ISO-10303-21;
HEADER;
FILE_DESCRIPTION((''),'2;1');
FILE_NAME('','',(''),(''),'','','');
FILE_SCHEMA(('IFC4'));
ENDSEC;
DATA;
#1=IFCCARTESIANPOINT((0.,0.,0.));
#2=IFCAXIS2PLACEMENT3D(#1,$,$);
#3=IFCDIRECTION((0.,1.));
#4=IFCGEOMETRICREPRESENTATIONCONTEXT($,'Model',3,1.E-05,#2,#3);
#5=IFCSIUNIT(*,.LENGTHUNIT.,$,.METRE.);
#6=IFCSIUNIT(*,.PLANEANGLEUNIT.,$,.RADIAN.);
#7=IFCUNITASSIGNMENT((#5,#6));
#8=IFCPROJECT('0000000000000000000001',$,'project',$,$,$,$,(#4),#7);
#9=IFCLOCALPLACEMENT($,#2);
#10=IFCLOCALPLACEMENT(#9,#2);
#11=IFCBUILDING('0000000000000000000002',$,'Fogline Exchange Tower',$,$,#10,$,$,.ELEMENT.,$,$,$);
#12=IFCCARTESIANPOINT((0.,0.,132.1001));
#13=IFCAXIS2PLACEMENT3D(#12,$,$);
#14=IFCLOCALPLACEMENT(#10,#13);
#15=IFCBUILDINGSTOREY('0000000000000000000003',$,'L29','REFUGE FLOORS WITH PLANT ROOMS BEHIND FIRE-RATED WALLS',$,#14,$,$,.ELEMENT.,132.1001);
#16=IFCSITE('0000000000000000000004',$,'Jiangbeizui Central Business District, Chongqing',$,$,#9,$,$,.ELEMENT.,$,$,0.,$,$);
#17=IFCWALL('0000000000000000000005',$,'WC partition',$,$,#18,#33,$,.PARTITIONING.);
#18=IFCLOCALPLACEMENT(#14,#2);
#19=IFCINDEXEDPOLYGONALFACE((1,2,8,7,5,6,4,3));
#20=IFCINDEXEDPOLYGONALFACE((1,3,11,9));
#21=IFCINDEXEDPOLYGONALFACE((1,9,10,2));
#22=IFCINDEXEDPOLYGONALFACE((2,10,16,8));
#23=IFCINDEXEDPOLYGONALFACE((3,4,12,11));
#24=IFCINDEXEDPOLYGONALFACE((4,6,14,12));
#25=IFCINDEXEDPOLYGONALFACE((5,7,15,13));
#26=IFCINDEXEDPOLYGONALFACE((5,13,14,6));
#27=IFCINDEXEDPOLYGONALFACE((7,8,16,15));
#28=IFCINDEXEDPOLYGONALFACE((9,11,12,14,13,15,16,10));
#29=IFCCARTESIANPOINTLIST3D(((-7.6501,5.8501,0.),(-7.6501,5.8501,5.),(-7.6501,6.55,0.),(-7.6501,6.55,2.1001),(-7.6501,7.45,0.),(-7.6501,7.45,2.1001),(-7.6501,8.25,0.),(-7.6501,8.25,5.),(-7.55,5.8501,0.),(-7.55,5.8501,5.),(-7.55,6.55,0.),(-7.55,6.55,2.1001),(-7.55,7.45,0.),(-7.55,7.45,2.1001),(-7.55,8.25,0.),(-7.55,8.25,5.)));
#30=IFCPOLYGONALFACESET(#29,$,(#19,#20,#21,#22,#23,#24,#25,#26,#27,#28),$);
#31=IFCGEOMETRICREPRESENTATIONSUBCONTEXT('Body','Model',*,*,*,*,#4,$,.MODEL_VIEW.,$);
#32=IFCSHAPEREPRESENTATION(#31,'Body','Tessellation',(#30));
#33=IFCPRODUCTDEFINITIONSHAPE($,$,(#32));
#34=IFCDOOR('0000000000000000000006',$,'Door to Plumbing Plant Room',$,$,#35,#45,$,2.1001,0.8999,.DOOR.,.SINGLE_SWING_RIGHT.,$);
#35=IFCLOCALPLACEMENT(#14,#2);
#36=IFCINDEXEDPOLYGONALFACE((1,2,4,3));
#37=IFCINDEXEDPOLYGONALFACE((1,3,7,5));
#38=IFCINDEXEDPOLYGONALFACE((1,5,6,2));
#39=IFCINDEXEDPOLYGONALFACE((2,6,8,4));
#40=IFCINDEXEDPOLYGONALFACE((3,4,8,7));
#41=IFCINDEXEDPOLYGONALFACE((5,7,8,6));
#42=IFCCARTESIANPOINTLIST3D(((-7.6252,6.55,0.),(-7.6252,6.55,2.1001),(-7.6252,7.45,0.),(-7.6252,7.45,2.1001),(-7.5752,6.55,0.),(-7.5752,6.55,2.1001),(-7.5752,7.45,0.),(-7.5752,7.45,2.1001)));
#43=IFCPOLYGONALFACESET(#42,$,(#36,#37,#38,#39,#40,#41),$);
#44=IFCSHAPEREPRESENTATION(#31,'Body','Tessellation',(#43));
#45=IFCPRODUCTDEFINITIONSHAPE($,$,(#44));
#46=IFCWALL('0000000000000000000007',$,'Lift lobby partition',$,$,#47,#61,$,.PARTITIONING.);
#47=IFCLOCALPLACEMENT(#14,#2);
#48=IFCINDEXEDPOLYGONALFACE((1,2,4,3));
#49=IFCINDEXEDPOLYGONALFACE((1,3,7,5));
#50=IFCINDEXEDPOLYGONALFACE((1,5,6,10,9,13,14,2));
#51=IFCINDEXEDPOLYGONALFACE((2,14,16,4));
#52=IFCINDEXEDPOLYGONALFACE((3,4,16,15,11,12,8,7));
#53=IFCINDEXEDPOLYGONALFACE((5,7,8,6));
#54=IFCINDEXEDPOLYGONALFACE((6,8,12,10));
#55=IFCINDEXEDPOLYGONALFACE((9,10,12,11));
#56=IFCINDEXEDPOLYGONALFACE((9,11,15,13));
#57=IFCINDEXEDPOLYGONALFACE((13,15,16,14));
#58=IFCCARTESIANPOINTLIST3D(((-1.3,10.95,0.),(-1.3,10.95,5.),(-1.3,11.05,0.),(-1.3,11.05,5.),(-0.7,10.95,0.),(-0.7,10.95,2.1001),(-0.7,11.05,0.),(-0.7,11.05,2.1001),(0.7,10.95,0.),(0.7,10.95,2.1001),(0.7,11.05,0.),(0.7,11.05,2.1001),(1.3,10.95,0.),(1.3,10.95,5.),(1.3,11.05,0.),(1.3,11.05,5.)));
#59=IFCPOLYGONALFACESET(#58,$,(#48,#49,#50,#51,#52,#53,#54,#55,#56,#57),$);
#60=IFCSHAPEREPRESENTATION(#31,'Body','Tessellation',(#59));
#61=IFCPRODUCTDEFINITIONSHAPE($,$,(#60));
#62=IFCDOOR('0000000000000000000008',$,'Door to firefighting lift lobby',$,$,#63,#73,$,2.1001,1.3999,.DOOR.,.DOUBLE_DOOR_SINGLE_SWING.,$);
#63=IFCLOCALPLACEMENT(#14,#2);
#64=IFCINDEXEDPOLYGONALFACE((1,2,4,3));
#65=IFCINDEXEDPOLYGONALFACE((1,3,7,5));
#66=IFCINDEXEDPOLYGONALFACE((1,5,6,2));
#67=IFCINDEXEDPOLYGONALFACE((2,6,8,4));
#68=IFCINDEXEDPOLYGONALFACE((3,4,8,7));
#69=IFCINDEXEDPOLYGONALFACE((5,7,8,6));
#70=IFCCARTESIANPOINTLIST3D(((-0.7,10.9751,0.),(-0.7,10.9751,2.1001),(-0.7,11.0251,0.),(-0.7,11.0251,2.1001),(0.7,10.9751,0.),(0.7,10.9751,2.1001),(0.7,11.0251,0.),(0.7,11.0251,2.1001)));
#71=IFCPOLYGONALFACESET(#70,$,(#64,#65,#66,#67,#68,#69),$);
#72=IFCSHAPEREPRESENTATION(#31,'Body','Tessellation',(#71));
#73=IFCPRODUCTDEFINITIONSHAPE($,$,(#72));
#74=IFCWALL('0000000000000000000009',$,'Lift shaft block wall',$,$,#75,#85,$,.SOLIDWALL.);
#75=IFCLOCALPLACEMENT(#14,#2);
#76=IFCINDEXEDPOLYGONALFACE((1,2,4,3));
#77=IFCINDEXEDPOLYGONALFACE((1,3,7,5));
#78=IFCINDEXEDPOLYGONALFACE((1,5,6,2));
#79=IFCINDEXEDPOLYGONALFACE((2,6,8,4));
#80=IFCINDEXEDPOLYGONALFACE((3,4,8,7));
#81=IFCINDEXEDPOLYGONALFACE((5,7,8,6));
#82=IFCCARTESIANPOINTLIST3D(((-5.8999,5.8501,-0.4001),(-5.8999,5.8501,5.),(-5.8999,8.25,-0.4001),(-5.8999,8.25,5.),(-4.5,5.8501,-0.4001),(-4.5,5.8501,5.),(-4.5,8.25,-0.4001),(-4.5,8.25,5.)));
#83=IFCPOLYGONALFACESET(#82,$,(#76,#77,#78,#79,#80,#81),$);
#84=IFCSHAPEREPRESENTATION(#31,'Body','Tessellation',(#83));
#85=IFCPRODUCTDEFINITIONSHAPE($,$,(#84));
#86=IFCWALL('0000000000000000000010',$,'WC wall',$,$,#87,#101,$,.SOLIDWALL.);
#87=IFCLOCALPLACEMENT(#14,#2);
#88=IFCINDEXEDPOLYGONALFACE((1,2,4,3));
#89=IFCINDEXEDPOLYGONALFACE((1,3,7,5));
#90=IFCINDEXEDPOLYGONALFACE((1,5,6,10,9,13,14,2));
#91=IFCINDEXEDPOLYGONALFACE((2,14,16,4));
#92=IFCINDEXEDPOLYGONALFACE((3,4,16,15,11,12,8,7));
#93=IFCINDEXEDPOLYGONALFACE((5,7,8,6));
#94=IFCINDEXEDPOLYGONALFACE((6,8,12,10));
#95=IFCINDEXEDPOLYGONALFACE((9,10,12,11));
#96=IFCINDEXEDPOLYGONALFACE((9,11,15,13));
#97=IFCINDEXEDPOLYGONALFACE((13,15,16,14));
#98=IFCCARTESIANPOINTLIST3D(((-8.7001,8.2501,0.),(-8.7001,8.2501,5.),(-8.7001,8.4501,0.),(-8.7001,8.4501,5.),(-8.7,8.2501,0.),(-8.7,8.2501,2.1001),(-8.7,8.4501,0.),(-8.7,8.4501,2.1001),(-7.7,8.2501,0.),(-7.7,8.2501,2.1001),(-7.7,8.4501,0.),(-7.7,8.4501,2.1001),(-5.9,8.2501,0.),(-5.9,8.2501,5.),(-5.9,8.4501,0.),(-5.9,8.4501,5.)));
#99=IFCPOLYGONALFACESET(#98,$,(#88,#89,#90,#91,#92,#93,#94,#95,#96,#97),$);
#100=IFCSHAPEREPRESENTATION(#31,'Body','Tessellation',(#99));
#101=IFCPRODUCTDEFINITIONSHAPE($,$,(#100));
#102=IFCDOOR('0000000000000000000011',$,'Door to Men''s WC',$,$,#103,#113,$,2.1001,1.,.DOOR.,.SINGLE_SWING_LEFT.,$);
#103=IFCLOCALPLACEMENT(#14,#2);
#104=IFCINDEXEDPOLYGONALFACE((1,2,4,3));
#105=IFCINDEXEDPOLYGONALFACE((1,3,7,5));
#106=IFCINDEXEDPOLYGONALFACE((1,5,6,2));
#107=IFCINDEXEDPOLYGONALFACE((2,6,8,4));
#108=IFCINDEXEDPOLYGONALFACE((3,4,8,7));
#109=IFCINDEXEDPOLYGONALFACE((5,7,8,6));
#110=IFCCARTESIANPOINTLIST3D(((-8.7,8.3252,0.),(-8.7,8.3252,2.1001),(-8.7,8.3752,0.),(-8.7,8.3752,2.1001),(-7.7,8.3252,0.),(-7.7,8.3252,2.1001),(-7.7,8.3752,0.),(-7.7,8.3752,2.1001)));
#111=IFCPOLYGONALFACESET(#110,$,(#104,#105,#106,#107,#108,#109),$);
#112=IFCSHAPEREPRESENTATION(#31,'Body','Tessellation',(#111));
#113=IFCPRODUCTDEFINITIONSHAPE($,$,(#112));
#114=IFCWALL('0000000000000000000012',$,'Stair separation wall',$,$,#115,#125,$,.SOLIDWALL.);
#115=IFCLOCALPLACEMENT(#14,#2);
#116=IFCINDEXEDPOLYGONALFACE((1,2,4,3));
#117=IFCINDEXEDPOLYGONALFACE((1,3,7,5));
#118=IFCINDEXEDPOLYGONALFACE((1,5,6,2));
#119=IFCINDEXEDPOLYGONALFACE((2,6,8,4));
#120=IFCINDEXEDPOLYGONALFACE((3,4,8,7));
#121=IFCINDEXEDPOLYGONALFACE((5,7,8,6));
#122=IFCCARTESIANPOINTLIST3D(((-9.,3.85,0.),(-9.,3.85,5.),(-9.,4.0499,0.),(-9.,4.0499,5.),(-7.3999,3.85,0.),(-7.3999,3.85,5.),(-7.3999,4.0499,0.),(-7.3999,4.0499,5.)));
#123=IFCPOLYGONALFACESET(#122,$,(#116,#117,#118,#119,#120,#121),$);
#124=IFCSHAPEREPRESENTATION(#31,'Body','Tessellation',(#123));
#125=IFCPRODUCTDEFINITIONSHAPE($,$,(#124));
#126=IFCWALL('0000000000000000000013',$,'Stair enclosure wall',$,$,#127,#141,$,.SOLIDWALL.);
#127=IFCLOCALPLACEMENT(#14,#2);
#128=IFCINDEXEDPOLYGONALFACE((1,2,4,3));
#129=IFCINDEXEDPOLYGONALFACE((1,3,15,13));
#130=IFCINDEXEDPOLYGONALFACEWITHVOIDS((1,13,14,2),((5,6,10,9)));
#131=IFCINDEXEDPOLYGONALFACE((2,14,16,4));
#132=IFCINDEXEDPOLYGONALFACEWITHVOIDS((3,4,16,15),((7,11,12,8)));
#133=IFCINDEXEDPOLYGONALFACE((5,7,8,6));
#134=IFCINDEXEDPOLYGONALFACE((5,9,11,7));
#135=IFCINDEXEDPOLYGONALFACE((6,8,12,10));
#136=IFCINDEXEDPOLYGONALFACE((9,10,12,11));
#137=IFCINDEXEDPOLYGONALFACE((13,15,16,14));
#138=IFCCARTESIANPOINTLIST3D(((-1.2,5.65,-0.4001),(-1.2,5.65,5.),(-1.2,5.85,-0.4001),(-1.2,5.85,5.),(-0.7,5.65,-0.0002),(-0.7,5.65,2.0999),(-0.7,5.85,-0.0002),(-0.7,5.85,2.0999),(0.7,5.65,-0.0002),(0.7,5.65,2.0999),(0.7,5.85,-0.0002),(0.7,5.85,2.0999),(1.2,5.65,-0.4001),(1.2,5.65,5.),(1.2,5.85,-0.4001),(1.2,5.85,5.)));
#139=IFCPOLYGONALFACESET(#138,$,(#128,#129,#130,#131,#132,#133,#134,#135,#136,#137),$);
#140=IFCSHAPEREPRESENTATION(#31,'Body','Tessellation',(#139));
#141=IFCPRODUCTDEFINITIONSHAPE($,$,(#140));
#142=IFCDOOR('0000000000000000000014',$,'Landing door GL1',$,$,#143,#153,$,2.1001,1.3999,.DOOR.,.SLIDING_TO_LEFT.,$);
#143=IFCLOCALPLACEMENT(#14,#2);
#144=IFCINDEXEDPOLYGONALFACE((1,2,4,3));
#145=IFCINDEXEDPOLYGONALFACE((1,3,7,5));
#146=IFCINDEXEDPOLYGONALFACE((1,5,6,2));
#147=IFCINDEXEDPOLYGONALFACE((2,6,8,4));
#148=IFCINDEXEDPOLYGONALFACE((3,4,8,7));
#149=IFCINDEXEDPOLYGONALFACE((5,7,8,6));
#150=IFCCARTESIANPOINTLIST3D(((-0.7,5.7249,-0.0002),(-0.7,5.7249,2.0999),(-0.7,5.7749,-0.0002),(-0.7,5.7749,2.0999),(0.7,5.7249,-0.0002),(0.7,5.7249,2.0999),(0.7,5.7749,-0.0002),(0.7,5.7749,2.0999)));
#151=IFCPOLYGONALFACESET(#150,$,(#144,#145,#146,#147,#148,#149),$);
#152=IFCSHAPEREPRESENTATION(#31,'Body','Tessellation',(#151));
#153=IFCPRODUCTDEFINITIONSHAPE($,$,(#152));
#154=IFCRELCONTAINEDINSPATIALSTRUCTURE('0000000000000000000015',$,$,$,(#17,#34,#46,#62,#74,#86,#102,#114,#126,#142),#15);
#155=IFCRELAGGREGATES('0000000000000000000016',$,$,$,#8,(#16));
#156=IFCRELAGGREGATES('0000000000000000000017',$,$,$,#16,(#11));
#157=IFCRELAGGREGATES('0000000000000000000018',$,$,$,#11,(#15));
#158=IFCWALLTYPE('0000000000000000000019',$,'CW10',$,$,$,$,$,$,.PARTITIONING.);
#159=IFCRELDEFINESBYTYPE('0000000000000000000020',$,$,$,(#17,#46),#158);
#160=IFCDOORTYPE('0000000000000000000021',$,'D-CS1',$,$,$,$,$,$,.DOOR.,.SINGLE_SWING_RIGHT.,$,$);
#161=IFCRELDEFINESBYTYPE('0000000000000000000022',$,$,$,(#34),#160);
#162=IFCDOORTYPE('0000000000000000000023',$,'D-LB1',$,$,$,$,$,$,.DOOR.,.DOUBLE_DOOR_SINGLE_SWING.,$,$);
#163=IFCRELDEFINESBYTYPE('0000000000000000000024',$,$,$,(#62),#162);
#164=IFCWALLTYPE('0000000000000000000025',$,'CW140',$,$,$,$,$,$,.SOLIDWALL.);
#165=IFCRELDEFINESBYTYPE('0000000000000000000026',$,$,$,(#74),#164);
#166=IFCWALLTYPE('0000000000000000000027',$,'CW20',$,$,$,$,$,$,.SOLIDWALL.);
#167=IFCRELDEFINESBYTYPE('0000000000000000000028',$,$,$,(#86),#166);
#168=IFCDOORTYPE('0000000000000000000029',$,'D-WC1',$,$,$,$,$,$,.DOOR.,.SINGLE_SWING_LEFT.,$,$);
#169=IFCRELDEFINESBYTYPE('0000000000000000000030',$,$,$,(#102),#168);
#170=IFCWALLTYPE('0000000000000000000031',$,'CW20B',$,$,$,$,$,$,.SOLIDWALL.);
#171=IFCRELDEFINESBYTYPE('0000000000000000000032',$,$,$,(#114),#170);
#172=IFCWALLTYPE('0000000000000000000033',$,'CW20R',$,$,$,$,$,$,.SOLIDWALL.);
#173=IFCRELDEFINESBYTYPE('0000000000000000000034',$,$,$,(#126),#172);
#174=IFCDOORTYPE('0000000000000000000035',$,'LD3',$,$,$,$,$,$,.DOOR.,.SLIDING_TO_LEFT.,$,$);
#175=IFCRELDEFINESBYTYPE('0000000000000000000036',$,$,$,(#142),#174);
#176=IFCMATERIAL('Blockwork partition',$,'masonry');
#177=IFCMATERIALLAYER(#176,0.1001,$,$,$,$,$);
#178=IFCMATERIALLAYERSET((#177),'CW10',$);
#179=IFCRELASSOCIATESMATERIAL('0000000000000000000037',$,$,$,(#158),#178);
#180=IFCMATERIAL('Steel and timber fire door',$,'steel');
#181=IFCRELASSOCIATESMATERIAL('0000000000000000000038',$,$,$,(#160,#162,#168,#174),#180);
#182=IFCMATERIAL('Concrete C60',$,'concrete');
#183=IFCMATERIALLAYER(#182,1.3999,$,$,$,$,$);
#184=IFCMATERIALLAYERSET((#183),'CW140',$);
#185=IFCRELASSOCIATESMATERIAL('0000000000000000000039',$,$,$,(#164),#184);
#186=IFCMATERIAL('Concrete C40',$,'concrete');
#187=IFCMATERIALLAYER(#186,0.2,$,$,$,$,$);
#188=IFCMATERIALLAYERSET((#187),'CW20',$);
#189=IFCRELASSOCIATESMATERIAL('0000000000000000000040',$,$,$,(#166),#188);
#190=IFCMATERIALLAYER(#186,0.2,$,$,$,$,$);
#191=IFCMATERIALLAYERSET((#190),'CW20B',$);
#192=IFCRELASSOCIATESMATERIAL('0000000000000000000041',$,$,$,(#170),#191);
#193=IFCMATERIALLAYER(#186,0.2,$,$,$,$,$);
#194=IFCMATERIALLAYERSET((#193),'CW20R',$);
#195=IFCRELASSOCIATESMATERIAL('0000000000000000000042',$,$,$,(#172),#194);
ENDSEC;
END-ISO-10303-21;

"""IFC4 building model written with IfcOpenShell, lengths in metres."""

from ifc_helpers import new_model, si_unit, direction, frame, frame_2d, origin, place, context, subcontext, project, spatial, rectangle, extrude, material, layer, layer_set, type_object, element, fill, save


model = new_model("IFC4")

# Units and contexts
model_context = context("Model", 3, precision=1e-05, world=origin(), true_north=direction((0.0, 1.0)))
body_context = subcontext(model_context, "Body", "Model", "MODEL_VIEW")
ifc_project = project(units=[si_unit("LENGTHUNIT", "METRE"), si_unit("PLANEANGLEUNIT", "RADIAN")], contexts=[model_context])

# Site, building, storey
site_placement = place(None, origin())
site = spatial("IfcSite", under=ifc_project, at=site_placement, Name="Jiangbeizui Central Business District, Chongqing", CompositionType="ELEMENT", RefElevation=0.0)
building_placement = place(site_placement, origin())
building = spatial("IfcBuilding", under=site, at=building_placement, Name="Fogline Exchange Tower", CompositionType="ELEMENT")
storey_placement = place(building_placement, frame((0.0, 0.0, 132.1001)))
storey = spatial("IfcBuildingStorey", under=building, at=storey_placement, Name="L29", Description="REFUGE FLOORS WITH PLANT ROOMS BEHIND FIRE-RATED WALLS", CompositionType="ELEMENT", Elevation=132.1001)

# Walls, openings, doors
ifc_material_1 = material(Name="Blockwork partition", Category="masonry")
ifc_layer_1 = layer(ifc_material_1, 0.1001)
ifc_layer_set_1 = layer_set([ifc_layer_1], Name="CW10")
wall_type_1 = type_object("IfcWallType", Name="CW10", PredefinedType="PARTITIONING", material=ifc_layer_set_1)
wall_1_placement = place(storey_placement, frame((-7.6001, 5.8501, 0.0), z_axis=(0.0, 0.0, 1.0), x_axis=(0.0, 1.0, 0.0)))
wall_1 = element("IfcWall", 1, at=wall_1_placement, inside=storey, type_object=wall_type_1, Name="WC partition", PredefinedType="PARTITIONING", context=body_context, shape_type="SweptSolid", body=[
    extrude(rectangle(XDim=2.3999, YDim=0.1001, at=frame_2d((1.2, 0.0))), origin(), (0.0, 0.0, 1.0), 5.0),
])
opening_1_placement = place(wall_1_placement, frame((0.7, 0.0, 0.0)))
opening_1 = element("IfcOpeningElement", 2, at=opening_1_placement, cuts=wall_1, PredefinedType="OPENING", context=body_context, shape_type="SweptSolid", body=[
    extrude(rectangle(XDim=0.8999, YDim=2.1001, at=frame_2d((0.45, 1.05))), frame((0.0, 0.0601, 0.0), z_axis=(0.0, -1.0, 0.0), x_axis=(1.0, 0.0, 0.0)), (0.0, 0.0, 1.0), 0.1201),
])
ifc_material_2 = material(Name="Steel and timber fire door", Category="steel")
door_type_1 = type_object("IfcDoorType", Name="D-CS1", OperationType="SINGLE_SWING_RIGHT", PredefinedType="DOOR", material=ifc_material_2)
door_1_placement = place(opening_1_placement, frame((0.8999, 0.0, 0.0), z_axis=(0.0, 0.0, 1.0), x_axis=(-1.0, 0.0, 0.0)))
door_1 = element("IfcDoor", 3, at=door_1_placement, inside=storey, type_object=door_type_1, Name="Door to Plumbing Plant Room", OperationType="SINGLE_SWING_RIGHT", OverallHeight=2.1001, OverallWidth=0.8999, PredefinedType="DOOR", context=body_context, shape_type="SweptSolid", body=[
    extrude(rectangle(XDim=0.8999, YDim=2.1001, at=frame_2d((0.45, 1.05))), frame((0.0, 0.0249, 0.0), z_axis=(0.0, -1.0, 0.0), x_axis=(1.0, 0.0, 0.0)), (0.0, 0.0, 1.0), 0.05),
])
fill(opening_1, door_1)
wall_2_placement = place(storey_placement, frame((-1.3, 11.0, 0.0), z_axis=(0.0, 0.0, 1.0), x_axis=(1.0, 0.0, 0.0)))
wall_2 = element("IfcWall", 4, at=wall_2_placement, inside=storey, type_object=wall_type_1, Name="Lift lobby partition", PredefinedType="PARTITIONING", context=body_context, shape_type="SweptSolid", body=[
    extrude(rectangle(XDim=2.6001, YDim=0.1001, at=frame_2d((1.3, 0.0))), origin(), (0.0, 0.0, 1.0), 5.0),
])
opening_2_placement = place(wall_2_placement, frame((0.6001, 0.0, 0.0)))
opening_2 = element("IfcOpeningElement", 5, at=opening_2_placement, cuts=wall_2, PredefinedType="OPENING", context=body_context, shape_type="SweptSolid", body=[
    extrude(rectangle(XDim=1.3999, YDim=2.1001, at=frame_2d((0.7, 1.05))), frame((0.0, 0.0601, 0.0), z_axis=(0.0, -1.0, 0.0), x_axis=(1.0, 0.0, 0.0)), (0.0, 0.0, 1.0), 0.1201),
])
door_type_2 = type_object("IfcDoorType", Name="D-LB1", OperationType="DOUBLE_DOOR_SINGLE_SWING", PredefinedType="DOOR", material=ifc_material_2)
door_2_placement = place(opening_2_placement, frame((1.3999, 0.0, 0.0), z_axis=(0.0, 0.0, 1.0), x_axis=(-1.0, 0.0, 0.0)))
door_2 = element("IfcDoor", 6, at=door_2_placement, inside=storey, type_object=door_type_2, Name="Door to firefighting lift lobby", OperationType="DOUBLE_DOOR_SINGLE_SWING", OverallHeight=2.1001, OverallWidth=1.3999, PredefinedType="DOOR", context=body_context, shape_type="SweptSolid", body=[
    extrude(rectangle(XDim=1.3999, YDim=2.1001, at=frame_2d((0.7, 1.05))), frame((0.0, 0.0249, 0.0), z_axis=(0.0, -1.0, 0.0), x_axis=(1.0, 0.0, 0.0)), (0.0, 0.0, 1.0), 0.05),
])
fill(opening_2, door_2)

# Wall
ifc_material_3 = material(Name="Concrete C60", Category="concrete")
ifc_layer_2 = layer(ifc_material_3, 1.3999)
ifc_layer_set_2 = layer_set([ifc_layer_2], Name="CW140")
wall_type_2 = type_object("IfcWallType", Name="CW140", PredefinedType="SOLIDWALL", material=ifc_layer_set_2)
wall_3_placement = place(storey_placement, frame((-5.2, 5.8501, -0.4001), z_axis=(0.0, 0.0, 1.0), x_axis=(0.0, 1.0, 0.0)))
element("IfcWall", 7, at=wall_3_placement, inside=storey, type_object=wall_type_2, Name="Lift shaft block wall", PredefinedType="SOLIDWALL", context=body_context, shape_type="SweptSolid", body=[
    extrude(rectangle(XDim=2.3999, YDim=1.3999, at=frame_2d((1.2, 0.0))), origin(), (0.0, 0.0, 1.0), 5.4001),
])

# Wall, opening, door
ifc_material_4 = material(Name="Concrete C40", Category="concrete")
ifc_layer_3 = layer(ifc_material_4, 0.2)
ifc_layer_set_3 = layer_set([ifc_layer_3], Name="CW20")
wall_type_3 = type_object("IfcWallType", Name="CW20", PredefinedType="SOLIDWALL", material=ifc_layer_set_3)
wall_4_placement = place(storey_placement, frame((-8.7, 8.3501, 0.0), z_axis=(0.0, 0.0, 1.0), x_axis=(1.0, 0.0, 0.0)))
wall_4 = element("IfcWall", 8, at=wall_4_placement, inside=storey, type_object=wall_type_3, Name="WC wall", PredefinedType="SOLIDWALL", context=body_context, shape_type="SweptSolid", body=[
    extrude(rectangle(XDim=2.8, YDim=0.2, at=frame_2d((1.3999, 0.0))), origin(), (0.0, 0.0, 1.0), 5.0),
])
opening_3_placement = place(wall_4_placement, origin())
opening_3 = element("IfcOpeningElement", 9, at=opening_3_placement, cuts=wall_4, PredefinedType="OPENING", context=body_context, shape_type="SweptSolid", body=[
    extrude(rectangle(XDim=1.0, YDim=2.1001, at=frame_2d((0.5, 1.05))), frame((0.0, 0.1099, 0.0), z_axis=(0.0, -1.0, 0.0), x_axis=(1.0, 0.0, 0.0)), (0.0, 0.0, 1.0), 0.22),
])
door_type_3 = type_object("IfcDoorType", Name="D-WC1", OperationType="SINGLE_SWING_LEFT", PredefinedType="DOOR", material=ifc_material_2)
door_3_placement = place(opening_3_placement, frame((1.0, 0.0, 0.0), z_axis=(0.0, 0.0, 1.0), x_axis=(-1.0, 0.0, 0.0)))
door_3 = element("IfcDoor", 10, at=door_3_placement, inside=storey, type_object=door_type_3, Name="Door to Men's WC", OperationType="SINGLE_SWING_LEFT", OverallHeight=2.1001, OverallWidth=1.0, PredefinedType="DOOR", context=body_context, shape_type="SweptSolid", body=[
    extrude(rectangle(XDim=1.0, YDim=2.1001, at=frame_2d((0.5, 1.05))), frame((0.0, 0.0249, 0.0), z_axis=(0.0, -1.0, 0.0), x_axis=(1.0, 0.0, 0.0)), (0.0, 0.0, 1.0), 0.05),
])
fill(opening_3, door_3)

# Wall
ifc_layer_4 = layer(ifc_material_4, 0.2)
ifc_layer_set_4 = layer_set([ifc_layer_4], Name="CW20B")
wall_type_4 = type_object("IfcWallType", Name="CW20B", PredefinedType="SOLIDWALL", material=ifc_layer_set_4)
wall_5_placement = place(storey_placement, frame((-9.0, 3.95, 0.0), z_axis=(0.0, 0.0, 1.0), x_axis=(1.0, 0.0, 0.0)))
element("IfcWall", 11, at=wall_5_placement, inside=storey, type_object=wall_type_4, Name="Stair separation wall", PredefinedType="SOLIDWALL", context=body_context, shape_type="SweptSolid", body=[
    extrude(rectangle(XDim=1.6001, YDim=0.2, at=frame_2d((0.8, 0.0))), origin(), (0.0, 0.0, 1.0), 5.0),
])

# Wall, opening, door
ifc_layer_5 = layer(ifc_material_4, 0.2)
ifc_layer_set_5 = layer_set([ifc_layer_5], Name="CW20R")
wall_type_5 = type_object("IfcWallType", Name="CW20R", PredefinedType="SOLIDWALL", material=ifc_layer_set_5)
wall_6_placement = place(storey_placement, frame((-1.2, 5.75, -0.4001), z_axis=(0.0, 0.0, 1.0), x_axis=(1.0, 0.0, 0.0)))
wall_6 = element("IfcWall", 12, at=wall_6_placement, inside=storey, type_object=wall_type_5, Name="Stair enclosure wall", PredefinedType="SOLIDWALL", context=body_context, shape_type="SweptSolid", body=[
    extrude(rectangle(XDim=2.3999, YDim=0.2, at=frame_2d((1.2, 0.0))), origin(), (0.0, 0.0, 1.0), 5.4001),
])
opening_4_placement = place(wall_6_placement, frame((0.5, 0.0, 0.3999)))
opening_4 = element("IfcOpeningElement", 13, at=opening_4_placement, cuts=wall_6, PredefinedType="OPENING", context=body_context, shape_type="SweptSolid", body=[
    extrude(rectangle(XDim=1.3999, YDim=2.1001, at=frame_2d((0.7, 1.05))), frame((0.0, 0.1099, 0.0), z_axis=(0.0, -1.0, 0.0), x_axis=(1.0, 0.0, 0.0)), (0.0, 0.0, 1.0), 0.22),
])
door_type_4 = type_object("IfcDoorType", Name="LD3", OperationType="SLIDING_TO_LEFT", PredefinedType="DOOR", material=ifc_material_2)
door_4_placement = place(opening_4_placement, origin())
door_4 = element("IfcDoor", 14, at=door_4_placement, inside=storey, type_object=door_type_4, Name="Landing door GL1", OperationType="SLIDING_TO_LEFT", OverallHeight=2.1001, OverallWidth=1.3999, PredefinedType="DOOR", context=body_context, shape_type="SweptSolid", body=[
    extrude(rectangle(XDim=1.3999, YDim=2.1001, at=frame_2d((0.7, 1.05))), frame((0.0, 0.0249, 0.0), z_axis=(0.0, -1.0, 0.0), x_axis=(1.0, 0.0, 0.0)), (0.0, 0.0, 1.0), 0.05),
])
fill(opening_4, door_4)

save(model, "model.ifc")
